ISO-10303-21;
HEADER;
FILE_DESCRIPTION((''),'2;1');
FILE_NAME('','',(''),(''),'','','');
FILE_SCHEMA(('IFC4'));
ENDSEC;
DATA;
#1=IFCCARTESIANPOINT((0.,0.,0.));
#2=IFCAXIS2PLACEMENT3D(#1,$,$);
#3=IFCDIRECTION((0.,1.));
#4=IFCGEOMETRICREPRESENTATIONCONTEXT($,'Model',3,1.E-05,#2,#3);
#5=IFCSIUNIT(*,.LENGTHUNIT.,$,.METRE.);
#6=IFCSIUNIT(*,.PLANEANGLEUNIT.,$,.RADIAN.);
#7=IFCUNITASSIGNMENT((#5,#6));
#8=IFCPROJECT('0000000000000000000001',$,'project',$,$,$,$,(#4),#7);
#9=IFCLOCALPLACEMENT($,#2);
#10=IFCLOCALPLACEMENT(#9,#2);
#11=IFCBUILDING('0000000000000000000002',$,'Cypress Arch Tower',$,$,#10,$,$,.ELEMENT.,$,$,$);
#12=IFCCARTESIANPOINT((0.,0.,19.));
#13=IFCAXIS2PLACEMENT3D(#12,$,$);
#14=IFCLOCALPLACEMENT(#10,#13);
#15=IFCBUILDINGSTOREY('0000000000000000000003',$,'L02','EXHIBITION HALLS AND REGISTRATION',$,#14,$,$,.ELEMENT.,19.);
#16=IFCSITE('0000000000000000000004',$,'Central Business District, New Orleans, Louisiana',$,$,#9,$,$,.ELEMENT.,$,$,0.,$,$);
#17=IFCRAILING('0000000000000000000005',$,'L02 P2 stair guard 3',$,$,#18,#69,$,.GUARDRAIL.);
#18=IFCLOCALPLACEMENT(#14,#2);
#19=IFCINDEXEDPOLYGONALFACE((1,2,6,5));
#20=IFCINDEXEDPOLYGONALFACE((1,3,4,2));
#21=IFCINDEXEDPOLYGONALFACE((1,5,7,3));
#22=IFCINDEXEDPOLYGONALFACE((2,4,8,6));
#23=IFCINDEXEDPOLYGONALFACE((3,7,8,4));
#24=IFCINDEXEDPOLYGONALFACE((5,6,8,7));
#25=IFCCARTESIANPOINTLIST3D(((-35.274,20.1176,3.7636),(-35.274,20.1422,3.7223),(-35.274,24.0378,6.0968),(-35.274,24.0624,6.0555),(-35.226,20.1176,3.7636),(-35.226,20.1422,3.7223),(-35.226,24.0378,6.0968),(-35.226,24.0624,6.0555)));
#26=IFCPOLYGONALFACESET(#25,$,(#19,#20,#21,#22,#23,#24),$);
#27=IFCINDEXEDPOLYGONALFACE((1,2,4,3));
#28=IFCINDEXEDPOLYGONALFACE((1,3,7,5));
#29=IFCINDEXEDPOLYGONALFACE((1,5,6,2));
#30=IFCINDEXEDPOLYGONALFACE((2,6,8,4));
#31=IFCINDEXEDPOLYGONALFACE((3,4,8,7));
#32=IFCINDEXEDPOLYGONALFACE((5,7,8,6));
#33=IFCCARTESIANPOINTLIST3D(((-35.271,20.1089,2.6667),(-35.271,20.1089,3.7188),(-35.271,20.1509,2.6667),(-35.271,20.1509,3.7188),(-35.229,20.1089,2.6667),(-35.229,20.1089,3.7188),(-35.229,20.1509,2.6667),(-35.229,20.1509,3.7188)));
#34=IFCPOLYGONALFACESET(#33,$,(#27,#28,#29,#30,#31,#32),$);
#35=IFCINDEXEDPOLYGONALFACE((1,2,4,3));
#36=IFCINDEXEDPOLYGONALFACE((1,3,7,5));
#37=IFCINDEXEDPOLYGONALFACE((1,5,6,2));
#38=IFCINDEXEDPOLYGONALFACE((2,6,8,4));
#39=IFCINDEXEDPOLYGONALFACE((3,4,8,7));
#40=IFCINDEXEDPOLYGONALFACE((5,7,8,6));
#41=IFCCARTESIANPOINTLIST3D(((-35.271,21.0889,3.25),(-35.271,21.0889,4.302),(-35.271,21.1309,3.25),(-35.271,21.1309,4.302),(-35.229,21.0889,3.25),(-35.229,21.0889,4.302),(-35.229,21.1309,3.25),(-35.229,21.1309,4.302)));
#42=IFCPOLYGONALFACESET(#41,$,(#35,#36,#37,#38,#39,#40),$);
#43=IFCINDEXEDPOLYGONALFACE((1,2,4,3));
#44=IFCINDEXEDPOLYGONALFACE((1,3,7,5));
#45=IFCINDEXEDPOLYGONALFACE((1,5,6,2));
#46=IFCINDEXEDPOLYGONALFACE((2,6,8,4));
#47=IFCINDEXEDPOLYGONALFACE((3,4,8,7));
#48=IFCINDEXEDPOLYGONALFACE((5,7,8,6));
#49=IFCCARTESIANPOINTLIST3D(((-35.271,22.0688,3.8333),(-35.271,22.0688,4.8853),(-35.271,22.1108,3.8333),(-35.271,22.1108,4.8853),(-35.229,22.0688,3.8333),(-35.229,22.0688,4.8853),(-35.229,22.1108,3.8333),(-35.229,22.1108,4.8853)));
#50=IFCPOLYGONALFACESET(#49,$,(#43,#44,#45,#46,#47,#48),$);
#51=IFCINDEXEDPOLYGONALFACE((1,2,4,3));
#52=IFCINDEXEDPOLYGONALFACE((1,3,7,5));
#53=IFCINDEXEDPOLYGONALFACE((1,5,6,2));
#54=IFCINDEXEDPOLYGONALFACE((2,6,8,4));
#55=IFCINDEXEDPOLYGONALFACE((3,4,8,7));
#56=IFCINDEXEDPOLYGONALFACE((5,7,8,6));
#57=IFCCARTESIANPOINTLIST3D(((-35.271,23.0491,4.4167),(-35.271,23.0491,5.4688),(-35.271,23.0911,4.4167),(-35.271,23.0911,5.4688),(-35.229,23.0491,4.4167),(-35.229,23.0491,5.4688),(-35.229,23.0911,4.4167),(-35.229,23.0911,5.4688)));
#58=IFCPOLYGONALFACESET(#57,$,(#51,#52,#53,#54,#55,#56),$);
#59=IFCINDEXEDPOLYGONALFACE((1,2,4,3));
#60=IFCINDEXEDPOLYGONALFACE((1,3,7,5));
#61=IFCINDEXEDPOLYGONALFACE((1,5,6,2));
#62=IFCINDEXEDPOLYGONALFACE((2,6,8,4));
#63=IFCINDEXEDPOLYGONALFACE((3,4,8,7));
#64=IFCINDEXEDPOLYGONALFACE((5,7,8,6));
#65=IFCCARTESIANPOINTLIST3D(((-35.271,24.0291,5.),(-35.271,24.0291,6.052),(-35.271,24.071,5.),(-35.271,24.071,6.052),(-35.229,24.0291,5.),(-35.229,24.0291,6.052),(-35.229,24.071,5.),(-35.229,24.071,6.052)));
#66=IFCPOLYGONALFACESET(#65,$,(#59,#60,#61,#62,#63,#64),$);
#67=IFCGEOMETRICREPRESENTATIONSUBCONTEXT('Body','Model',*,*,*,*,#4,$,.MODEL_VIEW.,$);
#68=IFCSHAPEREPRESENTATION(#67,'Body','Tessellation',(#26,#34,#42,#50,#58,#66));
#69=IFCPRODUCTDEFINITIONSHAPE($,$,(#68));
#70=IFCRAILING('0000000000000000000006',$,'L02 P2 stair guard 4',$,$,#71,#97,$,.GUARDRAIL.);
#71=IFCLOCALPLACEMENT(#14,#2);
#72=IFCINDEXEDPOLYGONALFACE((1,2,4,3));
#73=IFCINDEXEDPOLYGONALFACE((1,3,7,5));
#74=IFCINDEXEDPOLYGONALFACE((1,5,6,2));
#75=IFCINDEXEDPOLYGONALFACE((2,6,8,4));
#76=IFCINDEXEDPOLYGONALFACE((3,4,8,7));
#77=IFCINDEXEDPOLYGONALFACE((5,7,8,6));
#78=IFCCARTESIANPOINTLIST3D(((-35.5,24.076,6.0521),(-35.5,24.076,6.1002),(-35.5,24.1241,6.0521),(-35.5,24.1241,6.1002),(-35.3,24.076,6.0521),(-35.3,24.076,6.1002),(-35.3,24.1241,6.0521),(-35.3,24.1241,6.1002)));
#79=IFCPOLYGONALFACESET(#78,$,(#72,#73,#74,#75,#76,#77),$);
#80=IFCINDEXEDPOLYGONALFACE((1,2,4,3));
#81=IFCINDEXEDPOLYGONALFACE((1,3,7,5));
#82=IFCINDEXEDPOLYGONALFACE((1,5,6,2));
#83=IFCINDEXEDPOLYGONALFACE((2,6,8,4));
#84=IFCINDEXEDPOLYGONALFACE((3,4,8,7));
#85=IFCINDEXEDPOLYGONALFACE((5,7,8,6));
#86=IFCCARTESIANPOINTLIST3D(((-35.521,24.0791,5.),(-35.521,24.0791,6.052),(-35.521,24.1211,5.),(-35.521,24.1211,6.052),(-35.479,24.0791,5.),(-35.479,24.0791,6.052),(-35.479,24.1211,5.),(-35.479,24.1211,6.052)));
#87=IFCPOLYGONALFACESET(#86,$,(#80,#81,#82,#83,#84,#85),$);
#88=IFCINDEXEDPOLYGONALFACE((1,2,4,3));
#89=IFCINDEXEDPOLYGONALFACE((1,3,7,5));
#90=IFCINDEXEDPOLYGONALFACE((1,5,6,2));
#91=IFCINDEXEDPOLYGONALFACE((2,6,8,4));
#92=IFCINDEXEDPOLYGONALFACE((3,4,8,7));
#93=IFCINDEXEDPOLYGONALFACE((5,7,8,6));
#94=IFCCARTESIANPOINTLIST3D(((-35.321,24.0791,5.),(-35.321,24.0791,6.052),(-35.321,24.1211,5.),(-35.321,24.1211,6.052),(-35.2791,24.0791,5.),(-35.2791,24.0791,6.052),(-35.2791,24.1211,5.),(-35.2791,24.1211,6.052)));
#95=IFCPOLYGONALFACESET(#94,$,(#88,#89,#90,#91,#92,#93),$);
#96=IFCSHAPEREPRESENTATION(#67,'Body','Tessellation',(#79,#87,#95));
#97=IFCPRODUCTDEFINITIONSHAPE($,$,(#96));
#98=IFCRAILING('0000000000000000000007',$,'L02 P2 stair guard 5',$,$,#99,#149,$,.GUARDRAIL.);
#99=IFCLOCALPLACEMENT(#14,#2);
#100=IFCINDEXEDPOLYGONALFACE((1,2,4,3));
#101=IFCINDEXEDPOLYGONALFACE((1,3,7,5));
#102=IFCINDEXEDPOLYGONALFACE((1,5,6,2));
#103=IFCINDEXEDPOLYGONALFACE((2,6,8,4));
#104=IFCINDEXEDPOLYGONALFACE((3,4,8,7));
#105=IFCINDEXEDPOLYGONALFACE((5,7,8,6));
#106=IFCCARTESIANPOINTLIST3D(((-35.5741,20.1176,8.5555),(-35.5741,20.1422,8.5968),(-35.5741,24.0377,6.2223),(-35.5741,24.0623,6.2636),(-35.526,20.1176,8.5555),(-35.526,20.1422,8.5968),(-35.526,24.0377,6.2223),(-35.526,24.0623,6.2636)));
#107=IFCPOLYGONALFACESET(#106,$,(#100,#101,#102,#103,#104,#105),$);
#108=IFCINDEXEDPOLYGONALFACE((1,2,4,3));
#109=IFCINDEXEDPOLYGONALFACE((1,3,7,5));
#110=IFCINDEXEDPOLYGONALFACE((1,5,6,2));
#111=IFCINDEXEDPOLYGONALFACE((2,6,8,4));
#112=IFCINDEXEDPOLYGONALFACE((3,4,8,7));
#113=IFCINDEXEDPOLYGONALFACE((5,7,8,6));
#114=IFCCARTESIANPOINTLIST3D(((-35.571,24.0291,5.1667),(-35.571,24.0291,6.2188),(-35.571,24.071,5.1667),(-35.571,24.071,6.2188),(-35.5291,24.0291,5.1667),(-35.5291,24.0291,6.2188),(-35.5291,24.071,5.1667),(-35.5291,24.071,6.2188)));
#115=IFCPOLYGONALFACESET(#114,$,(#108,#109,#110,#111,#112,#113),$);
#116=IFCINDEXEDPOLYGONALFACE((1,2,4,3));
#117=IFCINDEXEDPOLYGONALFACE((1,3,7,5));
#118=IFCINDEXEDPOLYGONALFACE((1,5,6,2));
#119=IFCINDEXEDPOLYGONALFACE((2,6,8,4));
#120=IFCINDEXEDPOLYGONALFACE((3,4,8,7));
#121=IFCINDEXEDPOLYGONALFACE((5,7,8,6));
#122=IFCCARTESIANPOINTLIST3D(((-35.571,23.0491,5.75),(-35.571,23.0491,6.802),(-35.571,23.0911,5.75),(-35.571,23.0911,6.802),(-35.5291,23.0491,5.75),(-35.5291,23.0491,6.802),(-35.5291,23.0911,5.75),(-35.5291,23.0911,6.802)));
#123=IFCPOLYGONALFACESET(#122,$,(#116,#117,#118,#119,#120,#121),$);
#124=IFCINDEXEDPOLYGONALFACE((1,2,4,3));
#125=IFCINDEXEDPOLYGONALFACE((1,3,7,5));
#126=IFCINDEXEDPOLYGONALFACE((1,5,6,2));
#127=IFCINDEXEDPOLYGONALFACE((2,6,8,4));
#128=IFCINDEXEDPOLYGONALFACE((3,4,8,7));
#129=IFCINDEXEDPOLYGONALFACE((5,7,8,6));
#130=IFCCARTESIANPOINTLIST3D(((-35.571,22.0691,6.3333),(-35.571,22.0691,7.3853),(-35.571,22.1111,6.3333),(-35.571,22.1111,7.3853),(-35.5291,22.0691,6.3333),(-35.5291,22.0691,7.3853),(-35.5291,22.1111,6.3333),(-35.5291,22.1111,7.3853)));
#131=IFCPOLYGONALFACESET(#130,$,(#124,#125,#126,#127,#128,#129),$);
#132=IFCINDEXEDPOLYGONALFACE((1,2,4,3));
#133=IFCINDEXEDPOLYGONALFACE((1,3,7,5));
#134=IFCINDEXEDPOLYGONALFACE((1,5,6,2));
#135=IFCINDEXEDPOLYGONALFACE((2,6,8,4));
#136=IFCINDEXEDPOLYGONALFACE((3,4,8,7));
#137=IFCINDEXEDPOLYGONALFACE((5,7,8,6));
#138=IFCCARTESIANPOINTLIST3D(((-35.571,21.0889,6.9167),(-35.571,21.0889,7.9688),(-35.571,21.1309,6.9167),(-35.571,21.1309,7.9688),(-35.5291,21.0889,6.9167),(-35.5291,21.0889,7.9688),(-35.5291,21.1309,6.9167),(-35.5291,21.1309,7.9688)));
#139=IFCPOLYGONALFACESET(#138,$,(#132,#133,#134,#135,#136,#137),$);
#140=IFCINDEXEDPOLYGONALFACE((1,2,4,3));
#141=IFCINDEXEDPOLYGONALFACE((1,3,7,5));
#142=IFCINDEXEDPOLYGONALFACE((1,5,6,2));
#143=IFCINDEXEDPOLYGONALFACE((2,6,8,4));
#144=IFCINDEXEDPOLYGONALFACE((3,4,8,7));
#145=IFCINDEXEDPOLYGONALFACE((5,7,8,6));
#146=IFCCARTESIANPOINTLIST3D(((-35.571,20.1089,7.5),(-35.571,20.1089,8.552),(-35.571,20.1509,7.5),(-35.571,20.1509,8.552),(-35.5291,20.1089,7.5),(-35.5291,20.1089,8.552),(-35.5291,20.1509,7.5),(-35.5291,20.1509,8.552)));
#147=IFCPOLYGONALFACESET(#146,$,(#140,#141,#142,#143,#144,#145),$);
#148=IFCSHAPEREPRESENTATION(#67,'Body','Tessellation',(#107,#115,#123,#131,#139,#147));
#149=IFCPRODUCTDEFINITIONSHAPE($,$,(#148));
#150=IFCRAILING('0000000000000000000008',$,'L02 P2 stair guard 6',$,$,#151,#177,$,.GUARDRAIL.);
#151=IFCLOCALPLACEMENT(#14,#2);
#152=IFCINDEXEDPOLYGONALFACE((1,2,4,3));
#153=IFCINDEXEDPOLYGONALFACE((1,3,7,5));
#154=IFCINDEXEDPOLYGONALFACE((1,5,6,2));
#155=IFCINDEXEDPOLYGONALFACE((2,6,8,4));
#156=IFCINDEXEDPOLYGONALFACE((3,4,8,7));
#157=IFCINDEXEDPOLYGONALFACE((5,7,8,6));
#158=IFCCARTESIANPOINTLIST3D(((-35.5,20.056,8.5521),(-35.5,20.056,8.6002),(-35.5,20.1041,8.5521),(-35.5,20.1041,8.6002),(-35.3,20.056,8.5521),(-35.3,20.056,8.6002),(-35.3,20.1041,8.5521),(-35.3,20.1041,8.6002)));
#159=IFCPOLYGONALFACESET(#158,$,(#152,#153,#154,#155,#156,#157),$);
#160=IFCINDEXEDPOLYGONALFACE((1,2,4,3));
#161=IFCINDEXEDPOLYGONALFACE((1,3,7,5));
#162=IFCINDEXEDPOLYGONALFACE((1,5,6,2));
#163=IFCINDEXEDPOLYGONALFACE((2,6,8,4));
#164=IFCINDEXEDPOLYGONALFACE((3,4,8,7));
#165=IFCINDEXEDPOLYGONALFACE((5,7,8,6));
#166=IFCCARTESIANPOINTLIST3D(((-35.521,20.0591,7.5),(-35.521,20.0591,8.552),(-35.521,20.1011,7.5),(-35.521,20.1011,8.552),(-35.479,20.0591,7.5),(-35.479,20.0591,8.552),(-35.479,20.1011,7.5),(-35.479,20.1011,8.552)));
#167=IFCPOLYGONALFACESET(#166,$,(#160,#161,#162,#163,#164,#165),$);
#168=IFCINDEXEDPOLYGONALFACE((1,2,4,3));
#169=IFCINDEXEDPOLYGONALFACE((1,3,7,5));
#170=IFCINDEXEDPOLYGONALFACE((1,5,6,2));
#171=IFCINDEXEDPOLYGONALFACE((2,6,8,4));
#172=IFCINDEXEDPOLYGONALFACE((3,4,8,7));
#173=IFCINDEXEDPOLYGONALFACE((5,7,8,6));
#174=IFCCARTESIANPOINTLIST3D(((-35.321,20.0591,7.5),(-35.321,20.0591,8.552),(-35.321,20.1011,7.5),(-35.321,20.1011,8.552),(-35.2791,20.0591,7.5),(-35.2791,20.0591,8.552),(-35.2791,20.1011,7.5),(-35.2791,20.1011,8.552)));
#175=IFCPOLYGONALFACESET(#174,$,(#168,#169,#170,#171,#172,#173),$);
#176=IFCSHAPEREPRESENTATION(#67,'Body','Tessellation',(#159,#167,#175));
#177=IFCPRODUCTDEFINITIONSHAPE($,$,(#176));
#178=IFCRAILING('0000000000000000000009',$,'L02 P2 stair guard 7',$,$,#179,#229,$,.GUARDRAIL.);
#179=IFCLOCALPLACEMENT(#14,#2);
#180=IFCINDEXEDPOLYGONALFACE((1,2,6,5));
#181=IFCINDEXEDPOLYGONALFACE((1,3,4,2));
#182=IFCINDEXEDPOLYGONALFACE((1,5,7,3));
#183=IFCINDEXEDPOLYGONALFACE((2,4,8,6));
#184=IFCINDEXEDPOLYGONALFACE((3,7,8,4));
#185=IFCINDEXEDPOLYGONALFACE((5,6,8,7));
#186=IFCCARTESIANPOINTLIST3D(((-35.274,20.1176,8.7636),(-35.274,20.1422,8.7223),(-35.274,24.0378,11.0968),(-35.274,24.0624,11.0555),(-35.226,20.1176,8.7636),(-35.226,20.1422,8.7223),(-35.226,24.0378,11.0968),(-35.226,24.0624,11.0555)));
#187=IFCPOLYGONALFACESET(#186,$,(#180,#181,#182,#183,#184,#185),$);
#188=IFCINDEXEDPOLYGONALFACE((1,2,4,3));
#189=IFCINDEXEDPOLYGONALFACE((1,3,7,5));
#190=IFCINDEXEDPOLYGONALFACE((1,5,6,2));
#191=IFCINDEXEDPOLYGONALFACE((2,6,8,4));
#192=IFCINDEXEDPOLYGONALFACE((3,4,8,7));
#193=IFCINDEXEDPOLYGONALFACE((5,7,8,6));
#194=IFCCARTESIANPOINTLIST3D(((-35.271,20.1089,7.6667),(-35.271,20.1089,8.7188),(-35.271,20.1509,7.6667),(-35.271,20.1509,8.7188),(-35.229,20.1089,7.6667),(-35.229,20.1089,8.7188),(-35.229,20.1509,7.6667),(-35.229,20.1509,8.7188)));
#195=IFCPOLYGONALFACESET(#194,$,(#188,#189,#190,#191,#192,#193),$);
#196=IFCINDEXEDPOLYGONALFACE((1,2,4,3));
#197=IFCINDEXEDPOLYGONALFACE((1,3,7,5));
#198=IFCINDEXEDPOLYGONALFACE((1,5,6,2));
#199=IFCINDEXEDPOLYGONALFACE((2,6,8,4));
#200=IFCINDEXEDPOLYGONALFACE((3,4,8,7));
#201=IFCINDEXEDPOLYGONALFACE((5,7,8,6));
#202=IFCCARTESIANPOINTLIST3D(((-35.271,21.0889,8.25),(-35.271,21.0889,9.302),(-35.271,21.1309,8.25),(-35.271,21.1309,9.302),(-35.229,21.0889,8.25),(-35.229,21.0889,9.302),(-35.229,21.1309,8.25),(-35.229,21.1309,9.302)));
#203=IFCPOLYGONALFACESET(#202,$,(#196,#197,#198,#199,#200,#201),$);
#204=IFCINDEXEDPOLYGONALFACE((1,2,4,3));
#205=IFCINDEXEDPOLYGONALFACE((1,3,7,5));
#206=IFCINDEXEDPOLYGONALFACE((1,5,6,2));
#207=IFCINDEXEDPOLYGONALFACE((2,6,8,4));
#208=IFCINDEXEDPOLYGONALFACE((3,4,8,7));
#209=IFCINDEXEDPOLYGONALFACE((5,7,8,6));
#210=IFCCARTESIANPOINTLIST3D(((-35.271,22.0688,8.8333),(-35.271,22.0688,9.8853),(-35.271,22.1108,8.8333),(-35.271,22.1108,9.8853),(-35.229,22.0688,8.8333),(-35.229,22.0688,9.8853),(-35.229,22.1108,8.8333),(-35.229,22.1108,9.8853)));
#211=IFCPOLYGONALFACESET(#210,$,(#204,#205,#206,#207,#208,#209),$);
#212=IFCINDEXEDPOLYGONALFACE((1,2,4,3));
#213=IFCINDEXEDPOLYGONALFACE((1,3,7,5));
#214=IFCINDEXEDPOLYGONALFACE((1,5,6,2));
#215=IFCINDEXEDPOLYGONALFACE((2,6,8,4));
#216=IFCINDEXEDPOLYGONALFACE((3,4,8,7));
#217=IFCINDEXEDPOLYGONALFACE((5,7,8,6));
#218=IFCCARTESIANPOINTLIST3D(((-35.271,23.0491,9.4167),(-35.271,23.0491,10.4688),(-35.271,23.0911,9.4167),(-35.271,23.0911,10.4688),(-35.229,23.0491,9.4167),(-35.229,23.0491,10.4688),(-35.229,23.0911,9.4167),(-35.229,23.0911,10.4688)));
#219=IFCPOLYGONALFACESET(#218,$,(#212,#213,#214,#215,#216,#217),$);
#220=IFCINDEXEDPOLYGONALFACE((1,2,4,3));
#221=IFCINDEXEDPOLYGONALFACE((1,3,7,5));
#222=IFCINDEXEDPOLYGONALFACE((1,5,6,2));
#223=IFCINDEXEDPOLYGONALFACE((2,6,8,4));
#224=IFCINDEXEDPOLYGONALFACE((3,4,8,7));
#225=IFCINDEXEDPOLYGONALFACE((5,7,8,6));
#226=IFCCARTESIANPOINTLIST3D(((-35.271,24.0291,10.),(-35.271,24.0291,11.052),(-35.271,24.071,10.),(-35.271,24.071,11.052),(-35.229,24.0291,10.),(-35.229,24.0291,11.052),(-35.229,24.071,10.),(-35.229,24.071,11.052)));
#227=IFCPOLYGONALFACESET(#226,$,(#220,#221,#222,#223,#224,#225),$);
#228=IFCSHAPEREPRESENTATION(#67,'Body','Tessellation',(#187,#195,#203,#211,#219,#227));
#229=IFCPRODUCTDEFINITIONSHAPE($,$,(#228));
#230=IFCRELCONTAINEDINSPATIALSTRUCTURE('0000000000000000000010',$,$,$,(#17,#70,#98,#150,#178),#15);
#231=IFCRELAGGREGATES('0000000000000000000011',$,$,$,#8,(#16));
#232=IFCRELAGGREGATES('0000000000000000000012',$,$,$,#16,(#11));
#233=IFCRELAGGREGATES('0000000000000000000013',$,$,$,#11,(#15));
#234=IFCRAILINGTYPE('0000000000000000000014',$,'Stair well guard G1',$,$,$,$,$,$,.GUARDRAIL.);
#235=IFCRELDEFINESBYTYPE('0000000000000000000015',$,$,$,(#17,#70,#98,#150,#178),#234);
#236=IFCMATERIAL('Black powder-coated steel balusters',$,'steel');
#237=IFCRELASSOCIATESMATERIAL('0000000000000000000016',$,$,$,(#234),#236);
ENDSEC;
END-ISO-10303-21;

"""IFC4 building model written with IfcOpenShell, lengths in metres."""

from ifc_helpers import new_model, si_unit, direction, frame, origin, origin_2d, place, context, subcontext, project, spatial, rectangle, extrude, material, type_object, element, save


model = new_model("IFC4")

# Units and contexts
model_context = context("Model", 3, precision=1e-05, world=origin(), true_north=direction((0.0, 1.0)))
body_context = subcontext(model_context, "Body", "Model", "MODEL_VIEW")
ifc_project = project(units=[si_unit("LENGTHUNIT", "METRE"), si_unit("PLANEANGLEUNIT", "RADIAN")], contexts=[model_context])

# Site, building, storey
site_placement = place(None, origin())
site = spatial("IfcSite", under=ifc_project, at=site_placement, Name="Central Business District, New Orleans, Louisiana", CompositionType="ELEMENT", RefElevation=0.0)
building_placement = place(site_placement, origin())
building = spatial("IfcBuilding", under=site, at=building_placement, Name="Cypress Arch Tower", CompositionType="ELEMENT")
storey_placement = place(building_placement, frame((0.0, 0.0, 19.0)))
storey = spatial("IfcBuildingStorey", under=building, at=storey_placement, Name="L02", Description="EXHIBITION HALLS AND REGISTRATION", CompositionType="ELEMENT", Elevation=19.0)

# Railings
ifc_material_1 = material(Name="Black powder-coated steel balusters", Category="steel")
railing_type_1 = type_object("IfcRailingType", Name="Stair well guard G1", PredefinedType="GUARDRAIL", material=ifc_material_1)
railing_1_placement = place(storey_placement, frame((-35.25, 20.1299, 2.6667)))
element("IfcRailing", 1, at=railing_1_placement, inside=storey, type_object=railing_type_1, Name="L02 P2 stair guard 3", PredefinedType="GUARDRAIL", context=body_context, shape_type="SweptSolid", body=[
    extrude(rectangle(XDim=0.0481, YDim=0.0481, at=origin_2d()), frame((0.0, 0.0, 1.0762), z_axis=(0.0, 0.85931, 0.511455), x_axis=(-1.0, 0.0, 0.0)), (0.0, 0.0, 1.0), 4.562),
    extrude(rectangle(XDim=0.042, YDim=0.042, at=origin_2d()), origin(), (0.0, 0.0, 1.0), 1.052),
    extrude(rectangle(XDim=0.042, YDim=0.042, at=origin_2d()), frame((0.0, 0.98, 0.5833)), (0.0, 0.0, 1.0), 1.052),
    extrude(rectangle(XDim=0.042, YDim=0.042, at=origin_2d()), frame((0.0, 1.96, 1.1665)), (0.0, 0.0, 1.0), 1.052),
    extrude(rectangle(XDim=0.042, YDim=0.042, at=origin_2d()), frame((0.0, 2.9402, 1.75)), (0.0, 0.0, 1.0), 1.052),
    extrude(rectangle(XDim=0.042, YDim=0.042, at=origin_2d()), frame((0.0, 3.9202, 2.3333)), (0.0, 0.0, 1.0), 1.052),
])
railing_2_placement = place(storey_placement, frame((-35.5, 24.1001, 5.0)))
element("IfcRailing", 2, at=railing_2_placement, inside=storey, type_object=railing_type_1, Name="L02 P2 stair guard 4", PredefinedType="GUARDRAIL", context=body_context, shape_type="SweptSolid", body=[
    extrude(rectangle(XDim=0.0481, YDim=0.0481, at=origin_2d()), frame((0.0, 0.0, 1.0762), z_axis=(1.0, 0.0, 0.0), x_axis=(0.0, 1.0, 0.0)), (0.0, 0.0, 1.0), 0.2),
    extrude(rectangle(XDim=0.042, YDim=0.042, at=origin_2d()), origin(), (0.0, 0.0, 1.0), 1.052),
    extrude(rectangle(XDim=0.042, YDim=0.042, at=origin_2d()), frame((0.2, 0.0, 0.0)), (0.0, 0.0, 1.0), 1.052),
])
railing_3_placement = place(storey_placement, frame((-35.55, 24.05, 5.1667)))
element("IfcRailing", 3, at=railing_3_placement, inside=storey, type_object=railing_type_1, Name="L02 P2 stair guard 5", PredefinedType="GUARDRAIL", context=body_context, shape_type="SweptSolid", body=[
    extrude(rectangle(XDim=0.0481, YDim=0.0481, at=origin_2d()), frame((0.0, 0.0, 1.0762), z_axis=(0.0, -0.85931, 0.511455), x_axis=(1.0, 0.0, 0.0)), (0.0, 0.0, 1.0), 4.562),
    extrude(rectangle(XDim=0.042, YDim=0.042, at=origin_2d()), origin(), (0.0, 0.0, 1.0), 1.052),
    extrude(rectangle(XDim=0.042, YDim=0.042, at=origin_2d()), frame((0.0, -0.98, 0.5833)), (0.0, 0.0, 1.0), 1.052),
    extrude(rectangle(XDim=0.042, YDim=0.042, at=origin_2d()), frame((0.0, -1.96, 1.1665)), (0.0, 0.0, 1.0), 1.052),
    extrude(rectangle(XDim=0.042, YDim=0.042, at=origin_2d()), frame((0.0, -2.9402, 1.75)), (0.0, 0.0, 1.0), 1.052),
    extrude(rectangle(XDim=0.042, YDim=0.042, at=origin_2d()), frame((0.0, -3.9202, 2.3333)), (0.0, 0.0, 1.0), 1.052),
])
railing_4_placement = place(storey_placement, frame((-35.5, 20.0801, 7.5)))
element("IfcRailing", 4, at=railing_4_placement, inside=storey, type_object=railing_type_1, Name="L02 P2 stair guard 6", PredefinedType="GUARDRAIL", context=body_context, shape_type="SweptSolid", body=[
    extrude(rectangle(XDim=0.0481, YDim=0.0481, at=origin_2d()), frame((0.0, 0.0, 1.0762), z_axis=(1.0, 0.0, 0.0), x_axis=(0.0, 1.0, 0.0)), (0.0, 0.0, 1.0), 0.2),
    extrude(rectangle(XDim=0.042, YDim=0.042, at=origin_2d()), origin(), (0.0, 0.0, 1.0), 1.052),
    extrude(rectangle(XDim=0.042, YDim=0.042, at=origin_2d()), frame((0.2, 0.0, 0.0)), (0.0, 0.0, 1.0), 1.052),
])
railing_5_placement = place(storey_placement, frame((-35.25, 20.1299, 7.6667)))
element("IfcRailing", 5, at=railing_5_placement, inside=storey, type_object=railing_type_1, Name="L02 P2 stair guard 7", PredefinedType="GUARDRAIL", context=body_context, shape_type="SweptSolid", body=[
    extrude(rectangle(XDim=0.0481, YDim=0.0481, at=origin_2d()), frame((0.0, 0.0, 1.0762), z_axis=(0.0, 0.85931, 0.511455), x_axis=(-1.0, 0.0, 0.0)), (0.0, 0.0, 1.0), 4.562),
    extrude(rectangle(XDim=0.042, YDim=0.042, at=origin_2d()), origin(), (0.0, 0.0, 1.0), 1.052),
    extrude(rectangle(XDim=0.042, YDim=0.042, at=origin_2d()), frame((0.0, 0.98, 0.5833)), (0.0, 0.0, 1.0), 1.052),
    extrude(rectangle(XDim=0.042, YDim=0.042, at=origin_2d()), frame((0.0, 1.96, 1.1665)), (0.0, 0.0, 1.0), 1.052),
    extrude(rectangle(XDim=0.042, YDim=0.042, at=origin_2d()), frame((0.0, 2.9402, 1.75)), (0.0, 0.0, 1.0), 1.052),
    extrude(rectangle(XDim=0.042, YDim=0.042, at=origin_2d()), frame((0.0, 3.9202, 2.3333)), (0.0, 0.0, 1.0), 1.052),
])

save(model, "model.ifc")
